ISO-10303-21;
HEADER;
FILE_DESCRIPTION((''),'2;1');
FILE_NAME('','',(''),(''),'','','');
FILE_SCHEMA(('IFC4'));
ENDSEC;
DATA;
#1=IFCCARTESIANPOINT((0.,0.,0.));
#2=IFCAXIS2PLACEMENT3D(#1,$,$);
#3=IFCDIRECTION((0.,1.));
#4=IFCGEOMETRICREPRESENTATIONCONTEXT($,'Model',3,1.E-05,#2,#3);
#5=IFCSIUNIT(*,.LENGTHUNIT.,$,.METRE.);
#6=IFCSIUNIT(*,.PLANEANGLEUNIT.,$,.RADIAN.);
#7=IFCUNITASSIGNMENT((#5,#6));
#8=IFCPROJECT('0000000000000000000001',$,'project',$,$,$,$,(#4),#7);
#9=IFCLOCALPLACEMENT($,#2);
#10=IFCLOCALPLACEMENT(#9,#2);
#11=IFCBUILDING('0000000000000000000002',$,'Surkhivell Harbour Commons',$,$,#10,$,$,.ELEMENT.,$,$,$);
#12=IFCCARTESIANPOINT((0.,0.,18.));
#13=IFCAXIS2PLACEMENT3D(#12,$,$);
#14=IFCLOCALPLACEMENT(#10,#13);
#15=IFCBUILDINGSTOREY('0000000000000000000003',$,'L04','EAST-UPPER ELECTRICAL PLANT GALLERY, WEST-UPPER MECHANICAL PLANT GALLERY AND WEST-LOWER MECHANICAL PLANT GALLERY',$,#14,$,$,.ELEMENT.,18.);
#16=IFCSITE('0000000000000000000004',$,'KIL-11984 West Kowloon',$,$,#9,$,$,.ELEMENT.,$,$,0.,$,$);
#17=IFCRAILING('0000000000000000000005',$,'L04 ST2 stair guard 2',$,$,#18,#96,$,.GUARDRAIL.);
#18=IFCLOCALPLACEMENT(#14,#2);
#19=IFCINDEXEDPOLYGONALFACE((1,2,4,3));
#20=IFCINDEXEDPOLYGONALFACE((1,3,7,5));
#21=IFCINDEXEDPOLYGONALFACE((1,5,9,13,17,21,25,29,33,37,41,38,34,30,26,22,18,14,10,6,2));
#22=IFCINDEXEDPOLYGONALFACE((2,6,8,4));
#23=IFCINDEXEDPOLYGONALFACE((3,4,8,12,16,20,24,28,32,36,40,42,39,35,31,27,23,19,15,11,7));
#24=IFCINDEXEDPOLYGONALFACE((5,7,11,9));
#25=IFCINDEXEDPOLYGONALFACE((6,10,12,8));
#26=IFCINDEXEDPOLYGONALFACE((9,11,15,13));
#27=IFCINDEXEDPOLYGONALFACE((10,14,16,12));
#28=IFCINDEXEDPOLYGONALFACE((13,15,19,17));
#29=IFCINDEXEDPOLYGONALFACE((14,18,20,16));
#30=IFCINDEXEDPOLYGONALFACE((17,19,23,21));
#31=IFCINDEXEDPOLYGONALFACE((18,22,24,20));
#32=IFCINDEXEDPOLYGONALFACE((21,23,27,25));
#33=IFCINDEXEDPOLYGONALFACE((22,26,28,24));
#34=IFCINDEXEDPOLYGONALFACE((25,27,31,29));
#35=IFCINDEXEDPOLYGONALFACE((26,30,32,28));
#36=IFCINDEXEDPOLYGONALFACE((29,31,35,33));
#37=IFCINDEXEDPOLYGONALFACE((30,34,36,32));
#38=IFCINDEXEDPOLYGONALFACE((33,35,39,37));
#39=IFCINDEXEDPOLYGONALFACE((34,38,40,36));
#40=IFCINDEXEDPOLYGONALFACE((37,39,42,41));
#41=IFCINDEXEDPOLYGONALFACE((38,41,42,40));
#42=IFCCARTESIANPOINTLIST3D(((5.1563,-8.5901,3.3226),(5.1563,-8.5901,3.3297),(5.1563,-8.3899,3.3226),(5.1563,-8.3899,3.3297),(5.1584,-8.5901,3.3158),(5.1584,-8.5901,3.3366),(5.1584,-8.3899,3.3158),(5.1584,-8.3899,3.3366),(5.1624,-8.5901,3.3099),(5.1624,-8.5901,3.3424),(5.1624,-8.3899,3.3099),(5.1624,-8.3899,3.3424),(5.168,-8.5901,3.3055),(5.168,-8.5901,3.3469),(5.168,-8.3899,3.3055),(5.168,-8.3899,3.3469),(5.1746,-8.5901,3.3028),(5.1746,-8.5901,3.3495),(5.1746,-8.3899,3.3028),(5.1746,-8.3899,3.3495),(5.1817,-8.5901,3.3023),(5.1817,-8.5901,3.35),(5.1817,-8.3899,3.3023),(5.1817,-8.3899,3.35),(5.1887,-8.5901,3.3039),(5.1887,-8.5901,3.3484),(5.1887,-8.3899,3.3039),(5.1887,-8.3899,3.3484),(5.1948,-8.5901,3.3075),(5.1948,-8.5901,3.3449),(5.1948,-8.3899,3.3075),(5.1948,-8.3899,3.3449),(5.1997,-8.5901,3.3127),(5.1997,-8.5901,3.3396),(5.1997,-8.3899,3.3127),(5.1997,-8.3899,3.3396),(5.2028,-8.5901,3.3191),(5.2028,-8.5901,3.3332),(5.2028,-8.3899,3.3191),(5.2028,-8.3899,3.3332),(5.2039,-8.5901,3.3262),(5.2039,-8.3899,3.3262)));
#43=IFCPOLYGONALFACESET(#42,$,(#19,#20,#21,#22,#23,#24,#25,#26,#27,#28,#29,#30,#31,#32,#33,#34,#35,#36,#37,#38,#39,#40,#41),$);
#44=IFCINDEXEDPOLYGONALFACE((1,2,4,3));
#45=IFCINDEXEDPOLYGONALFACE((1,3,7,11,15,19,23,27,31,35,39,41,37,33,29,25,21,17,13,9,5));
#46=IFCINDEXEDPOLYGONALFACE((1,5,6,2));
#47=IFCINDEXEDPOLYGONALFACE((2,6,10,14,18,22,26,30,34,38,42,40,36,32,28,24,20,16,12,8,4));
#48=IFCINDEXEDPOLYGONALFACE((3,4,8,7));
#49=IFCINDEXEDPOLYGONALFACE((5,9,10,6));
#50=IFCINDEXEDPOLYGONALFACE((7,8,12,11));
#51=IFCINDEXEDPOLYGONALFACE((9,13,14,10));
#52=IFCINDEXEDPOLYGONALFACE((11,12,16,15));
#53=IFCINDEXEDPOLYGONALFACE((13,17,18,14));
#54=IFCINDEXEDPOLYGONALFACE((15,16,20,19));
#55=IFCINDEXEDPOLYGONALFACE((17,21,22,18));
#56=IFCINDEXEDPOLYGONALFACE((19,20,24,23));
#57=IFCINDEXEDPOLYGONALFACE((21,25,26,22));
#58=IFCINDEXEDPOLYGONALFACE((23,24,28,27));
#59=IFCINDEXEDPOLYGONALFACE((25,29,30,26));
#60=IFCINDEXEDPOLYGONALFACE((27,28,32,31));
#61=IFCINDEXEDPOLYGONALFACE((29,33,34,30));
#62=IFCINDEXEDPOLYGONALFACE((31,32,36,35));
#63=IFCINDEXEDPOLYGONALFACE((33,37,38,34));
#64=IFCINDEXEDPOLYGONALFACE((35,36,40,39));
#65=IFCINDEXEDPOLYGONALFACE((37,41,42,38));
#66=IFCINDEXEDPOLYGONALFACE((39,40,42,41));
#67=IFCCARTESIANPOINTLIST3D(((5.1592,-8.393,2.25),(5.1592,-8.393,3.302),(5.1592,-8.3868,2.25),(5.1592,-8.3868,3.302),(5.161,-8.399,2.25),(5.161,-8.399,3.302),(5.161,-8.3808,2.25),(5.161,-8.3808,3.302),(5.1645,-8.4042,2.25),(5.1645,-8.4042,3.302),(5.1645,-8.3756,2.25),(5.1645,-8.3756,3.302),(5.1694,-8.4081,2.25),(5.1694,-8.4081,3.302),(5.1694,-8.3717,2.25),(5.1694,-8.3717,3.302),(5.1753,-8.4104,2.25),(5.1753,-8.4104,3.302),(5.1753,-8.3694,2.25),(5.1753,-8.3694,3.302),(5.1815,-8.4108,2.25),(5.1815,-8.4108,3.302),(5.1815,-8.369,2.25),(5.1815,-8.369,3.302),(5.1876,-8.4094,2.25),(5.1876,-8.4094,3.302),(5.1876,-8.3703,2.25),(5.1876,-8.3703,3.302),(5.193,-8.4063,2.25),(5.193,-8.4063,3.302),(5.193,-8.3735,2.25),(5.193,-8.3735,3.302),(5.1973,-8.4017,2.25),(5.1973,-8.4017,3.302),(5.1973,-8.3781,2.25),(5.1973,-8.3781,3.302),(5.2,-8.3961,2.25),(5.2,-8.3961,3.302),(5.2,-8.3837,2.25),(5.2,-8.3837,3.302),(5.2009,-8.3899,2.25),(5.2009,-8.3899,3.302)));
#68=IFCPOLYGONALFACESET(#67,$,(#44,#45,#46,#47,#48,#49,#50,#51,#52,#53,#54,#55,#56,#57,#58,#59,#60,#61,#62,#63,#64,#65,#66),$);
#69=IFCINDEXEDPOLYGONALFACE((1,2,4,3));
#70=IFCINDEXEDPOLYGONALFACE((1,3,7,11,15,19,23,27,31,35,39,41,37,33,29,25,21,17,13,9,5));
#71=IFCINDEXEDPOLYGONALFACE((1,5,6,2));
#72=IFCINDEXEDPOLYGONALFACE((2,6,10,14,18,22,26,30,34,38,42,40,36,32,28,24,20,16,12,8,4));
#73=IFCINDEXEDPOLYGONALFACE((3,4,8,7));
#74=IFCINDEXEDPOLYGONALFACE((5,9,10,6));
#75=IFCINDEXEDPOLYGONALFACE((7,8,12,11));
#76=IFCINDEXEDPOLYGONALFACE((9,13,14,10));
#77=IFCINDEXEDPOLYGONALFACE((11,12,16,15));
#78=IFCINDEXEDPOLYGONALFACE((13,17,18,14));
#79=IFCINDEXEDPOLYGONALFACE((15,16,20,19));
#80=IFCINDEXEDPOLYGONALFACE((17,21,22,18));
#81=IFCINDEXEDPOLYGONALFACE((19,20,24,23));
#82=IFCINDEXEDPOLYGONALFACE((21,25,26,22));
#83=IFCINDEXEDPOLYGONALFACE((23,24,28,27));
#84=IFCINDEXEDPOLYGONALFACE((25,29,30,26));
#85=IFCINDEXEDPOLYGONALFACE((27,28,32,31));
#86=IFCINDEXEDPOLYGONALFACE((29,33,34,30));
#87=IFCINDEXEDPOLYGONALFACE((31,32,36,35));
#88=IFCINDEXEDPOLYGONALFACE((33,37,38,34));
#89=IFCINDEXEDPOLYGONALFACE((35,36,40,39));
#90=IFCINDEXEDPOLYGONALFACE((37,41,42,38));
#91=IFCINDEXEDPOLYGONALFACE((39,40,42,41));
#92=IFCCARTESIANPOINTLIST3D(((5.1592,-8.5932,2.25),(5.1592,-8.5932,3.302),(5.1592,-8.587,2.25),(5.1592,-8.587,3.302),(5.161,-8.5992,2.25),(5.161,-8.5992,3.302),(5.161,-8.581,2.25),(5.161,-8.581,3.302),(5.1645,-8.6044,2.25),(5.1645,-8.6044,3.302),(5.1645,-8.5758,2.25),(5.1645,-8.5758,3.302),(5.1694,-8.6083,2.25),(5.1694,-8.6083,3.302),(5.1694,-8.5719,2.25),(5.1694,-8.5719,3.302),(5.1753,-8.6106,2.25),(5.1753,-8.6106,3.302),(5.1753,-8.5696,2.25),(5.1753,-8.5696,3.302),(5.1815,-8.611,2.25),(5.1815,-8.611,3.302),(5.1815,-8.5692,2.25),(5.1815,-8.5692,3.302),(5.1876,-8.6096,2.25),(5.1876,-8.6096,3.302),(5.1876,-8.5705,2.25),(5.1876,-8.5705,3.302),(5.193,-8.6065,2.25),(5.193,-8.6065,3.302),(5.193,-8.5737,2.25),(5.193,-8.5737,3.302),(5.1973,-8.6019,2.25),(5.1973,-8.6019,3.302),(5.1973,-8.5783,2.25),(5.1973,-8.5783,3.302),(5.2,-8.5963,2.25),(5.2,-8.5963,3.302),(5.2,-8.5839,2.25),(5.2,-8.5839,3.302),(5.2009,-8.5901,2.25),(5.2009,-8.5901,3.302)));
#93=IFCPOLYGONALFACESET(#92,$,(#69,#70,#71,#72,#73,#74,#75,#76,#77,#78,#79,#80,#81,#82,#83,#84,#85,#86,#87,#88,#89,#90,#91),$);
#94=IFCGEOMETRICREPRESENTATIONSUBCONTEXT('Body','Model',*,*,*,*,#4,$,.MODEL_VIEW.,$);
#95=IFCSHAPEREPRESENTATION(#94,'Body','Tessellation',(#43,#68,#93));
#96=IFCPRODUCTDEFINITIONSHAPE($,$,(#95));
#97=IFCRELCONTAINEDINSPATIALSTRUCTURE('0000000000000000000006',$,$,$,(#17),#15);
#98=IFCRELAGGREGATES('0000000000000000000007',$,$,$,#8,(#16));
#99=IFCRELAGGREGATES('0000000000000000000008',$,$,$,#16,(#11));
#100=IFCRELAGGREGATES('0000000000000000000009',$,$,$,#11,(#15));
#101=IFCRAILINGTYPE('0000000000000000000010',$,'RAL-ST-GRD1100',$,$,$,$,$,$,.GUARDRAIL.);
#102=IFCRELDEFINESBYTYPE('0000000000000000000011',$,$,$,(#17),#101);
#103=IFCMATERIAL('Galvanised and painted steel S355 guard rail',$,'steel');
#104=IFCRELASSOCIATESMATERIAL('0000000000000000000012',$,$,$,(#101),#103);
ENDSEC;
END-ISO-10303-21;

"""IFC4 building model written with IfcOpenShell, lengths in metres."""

from ifc_helpers import new_model, si_unit, direction, frame, origin, origin_2d, place, context, subcontext, project, spatial, circle, extrude, material, type_object, element, save


model = new_model("IFC4")

# Units and contexts
model_context = context("Model", 3, precision=1e-05, world=origin(), true_north=direction((0.0, 1.0)))
body_context = subcontext(model_context, "Body", "Model", "MODEL_VIEW")
ifc_project = project(units=[si_unit("LENGTHUNIT", "METRE"), si_unit("PLANEANGLEUNIT", "RADIAN")], contexts=[model_context])

# Site, building, storey
site_placement = place(None, origin())
site = spatial("IfcSite", under=ifc_project, at=site_placement, Name="KIL-11984 West Kowloon", CompositionType="ELEMENT", RefElevation=0.0)
building_placement = place(site_placement, origin())
building = spatial("IfcBuilding", under=site, at=building_placement, Name="Surkhivell Harbour Commons", CompositionType="ELEMENT")
storey_placement = place(building_placement, frame((0.0, 0.0, 18.0)))
storey = spatial("IfcBuildingStorey", under=building, at=storey_placement, Name="L04", Description="EAST-UPPER ELECTRICAL PLANT GALLERY, WEST-UPPER MECHANICAL PLANT GALLERY AND WEST-LOWER MECHANICAL PLANT GALLERY", CompositionType="ELEMENT", Elevation=18.0)

# Railing
ifc_material_1 = material(Name="Galvanised and painted steel S355 guard rail", Category="steel")
railing_type_1 = type_object("IfcRailingType", Name="RAL-ST-GRD1100", PredefinedType="GUARDRAIL", material=ifc_material_1)
railing_1_placement = place(storey_placement, frame((5.1799, -8.3899, 2.25)))
element("IfcRailing", 1, at=railing_1_placement, inside=storey, type_object=railing_type_1, Name="L04 ST2 stair guard 2", PredefinedType="GUARDRAIL", context=body_context, shape_type="SweptSolid", body=[
    extrude(circle(Radius=0.0239, at=origin_2d()), frame((0.0, 0.0, 1.0762), z_axis=(0.0, -1.0, 0.0), x_axis=(1.0, 0.0, 0.0)), (0.0, 0.0, 1.0), 0.2002),
    extrude(circle(Radius=0.021, at=origin_2d()), origin(), (0.0, 0.0, 1.0), 1.052),
    extrude(circle(Radius=0.021, at=origin_2d()), frame((0.0, -0.2002, 0.0)), (0.0, 0.0, 1.0), 1.052),
])

save(model, "model.ifc")
